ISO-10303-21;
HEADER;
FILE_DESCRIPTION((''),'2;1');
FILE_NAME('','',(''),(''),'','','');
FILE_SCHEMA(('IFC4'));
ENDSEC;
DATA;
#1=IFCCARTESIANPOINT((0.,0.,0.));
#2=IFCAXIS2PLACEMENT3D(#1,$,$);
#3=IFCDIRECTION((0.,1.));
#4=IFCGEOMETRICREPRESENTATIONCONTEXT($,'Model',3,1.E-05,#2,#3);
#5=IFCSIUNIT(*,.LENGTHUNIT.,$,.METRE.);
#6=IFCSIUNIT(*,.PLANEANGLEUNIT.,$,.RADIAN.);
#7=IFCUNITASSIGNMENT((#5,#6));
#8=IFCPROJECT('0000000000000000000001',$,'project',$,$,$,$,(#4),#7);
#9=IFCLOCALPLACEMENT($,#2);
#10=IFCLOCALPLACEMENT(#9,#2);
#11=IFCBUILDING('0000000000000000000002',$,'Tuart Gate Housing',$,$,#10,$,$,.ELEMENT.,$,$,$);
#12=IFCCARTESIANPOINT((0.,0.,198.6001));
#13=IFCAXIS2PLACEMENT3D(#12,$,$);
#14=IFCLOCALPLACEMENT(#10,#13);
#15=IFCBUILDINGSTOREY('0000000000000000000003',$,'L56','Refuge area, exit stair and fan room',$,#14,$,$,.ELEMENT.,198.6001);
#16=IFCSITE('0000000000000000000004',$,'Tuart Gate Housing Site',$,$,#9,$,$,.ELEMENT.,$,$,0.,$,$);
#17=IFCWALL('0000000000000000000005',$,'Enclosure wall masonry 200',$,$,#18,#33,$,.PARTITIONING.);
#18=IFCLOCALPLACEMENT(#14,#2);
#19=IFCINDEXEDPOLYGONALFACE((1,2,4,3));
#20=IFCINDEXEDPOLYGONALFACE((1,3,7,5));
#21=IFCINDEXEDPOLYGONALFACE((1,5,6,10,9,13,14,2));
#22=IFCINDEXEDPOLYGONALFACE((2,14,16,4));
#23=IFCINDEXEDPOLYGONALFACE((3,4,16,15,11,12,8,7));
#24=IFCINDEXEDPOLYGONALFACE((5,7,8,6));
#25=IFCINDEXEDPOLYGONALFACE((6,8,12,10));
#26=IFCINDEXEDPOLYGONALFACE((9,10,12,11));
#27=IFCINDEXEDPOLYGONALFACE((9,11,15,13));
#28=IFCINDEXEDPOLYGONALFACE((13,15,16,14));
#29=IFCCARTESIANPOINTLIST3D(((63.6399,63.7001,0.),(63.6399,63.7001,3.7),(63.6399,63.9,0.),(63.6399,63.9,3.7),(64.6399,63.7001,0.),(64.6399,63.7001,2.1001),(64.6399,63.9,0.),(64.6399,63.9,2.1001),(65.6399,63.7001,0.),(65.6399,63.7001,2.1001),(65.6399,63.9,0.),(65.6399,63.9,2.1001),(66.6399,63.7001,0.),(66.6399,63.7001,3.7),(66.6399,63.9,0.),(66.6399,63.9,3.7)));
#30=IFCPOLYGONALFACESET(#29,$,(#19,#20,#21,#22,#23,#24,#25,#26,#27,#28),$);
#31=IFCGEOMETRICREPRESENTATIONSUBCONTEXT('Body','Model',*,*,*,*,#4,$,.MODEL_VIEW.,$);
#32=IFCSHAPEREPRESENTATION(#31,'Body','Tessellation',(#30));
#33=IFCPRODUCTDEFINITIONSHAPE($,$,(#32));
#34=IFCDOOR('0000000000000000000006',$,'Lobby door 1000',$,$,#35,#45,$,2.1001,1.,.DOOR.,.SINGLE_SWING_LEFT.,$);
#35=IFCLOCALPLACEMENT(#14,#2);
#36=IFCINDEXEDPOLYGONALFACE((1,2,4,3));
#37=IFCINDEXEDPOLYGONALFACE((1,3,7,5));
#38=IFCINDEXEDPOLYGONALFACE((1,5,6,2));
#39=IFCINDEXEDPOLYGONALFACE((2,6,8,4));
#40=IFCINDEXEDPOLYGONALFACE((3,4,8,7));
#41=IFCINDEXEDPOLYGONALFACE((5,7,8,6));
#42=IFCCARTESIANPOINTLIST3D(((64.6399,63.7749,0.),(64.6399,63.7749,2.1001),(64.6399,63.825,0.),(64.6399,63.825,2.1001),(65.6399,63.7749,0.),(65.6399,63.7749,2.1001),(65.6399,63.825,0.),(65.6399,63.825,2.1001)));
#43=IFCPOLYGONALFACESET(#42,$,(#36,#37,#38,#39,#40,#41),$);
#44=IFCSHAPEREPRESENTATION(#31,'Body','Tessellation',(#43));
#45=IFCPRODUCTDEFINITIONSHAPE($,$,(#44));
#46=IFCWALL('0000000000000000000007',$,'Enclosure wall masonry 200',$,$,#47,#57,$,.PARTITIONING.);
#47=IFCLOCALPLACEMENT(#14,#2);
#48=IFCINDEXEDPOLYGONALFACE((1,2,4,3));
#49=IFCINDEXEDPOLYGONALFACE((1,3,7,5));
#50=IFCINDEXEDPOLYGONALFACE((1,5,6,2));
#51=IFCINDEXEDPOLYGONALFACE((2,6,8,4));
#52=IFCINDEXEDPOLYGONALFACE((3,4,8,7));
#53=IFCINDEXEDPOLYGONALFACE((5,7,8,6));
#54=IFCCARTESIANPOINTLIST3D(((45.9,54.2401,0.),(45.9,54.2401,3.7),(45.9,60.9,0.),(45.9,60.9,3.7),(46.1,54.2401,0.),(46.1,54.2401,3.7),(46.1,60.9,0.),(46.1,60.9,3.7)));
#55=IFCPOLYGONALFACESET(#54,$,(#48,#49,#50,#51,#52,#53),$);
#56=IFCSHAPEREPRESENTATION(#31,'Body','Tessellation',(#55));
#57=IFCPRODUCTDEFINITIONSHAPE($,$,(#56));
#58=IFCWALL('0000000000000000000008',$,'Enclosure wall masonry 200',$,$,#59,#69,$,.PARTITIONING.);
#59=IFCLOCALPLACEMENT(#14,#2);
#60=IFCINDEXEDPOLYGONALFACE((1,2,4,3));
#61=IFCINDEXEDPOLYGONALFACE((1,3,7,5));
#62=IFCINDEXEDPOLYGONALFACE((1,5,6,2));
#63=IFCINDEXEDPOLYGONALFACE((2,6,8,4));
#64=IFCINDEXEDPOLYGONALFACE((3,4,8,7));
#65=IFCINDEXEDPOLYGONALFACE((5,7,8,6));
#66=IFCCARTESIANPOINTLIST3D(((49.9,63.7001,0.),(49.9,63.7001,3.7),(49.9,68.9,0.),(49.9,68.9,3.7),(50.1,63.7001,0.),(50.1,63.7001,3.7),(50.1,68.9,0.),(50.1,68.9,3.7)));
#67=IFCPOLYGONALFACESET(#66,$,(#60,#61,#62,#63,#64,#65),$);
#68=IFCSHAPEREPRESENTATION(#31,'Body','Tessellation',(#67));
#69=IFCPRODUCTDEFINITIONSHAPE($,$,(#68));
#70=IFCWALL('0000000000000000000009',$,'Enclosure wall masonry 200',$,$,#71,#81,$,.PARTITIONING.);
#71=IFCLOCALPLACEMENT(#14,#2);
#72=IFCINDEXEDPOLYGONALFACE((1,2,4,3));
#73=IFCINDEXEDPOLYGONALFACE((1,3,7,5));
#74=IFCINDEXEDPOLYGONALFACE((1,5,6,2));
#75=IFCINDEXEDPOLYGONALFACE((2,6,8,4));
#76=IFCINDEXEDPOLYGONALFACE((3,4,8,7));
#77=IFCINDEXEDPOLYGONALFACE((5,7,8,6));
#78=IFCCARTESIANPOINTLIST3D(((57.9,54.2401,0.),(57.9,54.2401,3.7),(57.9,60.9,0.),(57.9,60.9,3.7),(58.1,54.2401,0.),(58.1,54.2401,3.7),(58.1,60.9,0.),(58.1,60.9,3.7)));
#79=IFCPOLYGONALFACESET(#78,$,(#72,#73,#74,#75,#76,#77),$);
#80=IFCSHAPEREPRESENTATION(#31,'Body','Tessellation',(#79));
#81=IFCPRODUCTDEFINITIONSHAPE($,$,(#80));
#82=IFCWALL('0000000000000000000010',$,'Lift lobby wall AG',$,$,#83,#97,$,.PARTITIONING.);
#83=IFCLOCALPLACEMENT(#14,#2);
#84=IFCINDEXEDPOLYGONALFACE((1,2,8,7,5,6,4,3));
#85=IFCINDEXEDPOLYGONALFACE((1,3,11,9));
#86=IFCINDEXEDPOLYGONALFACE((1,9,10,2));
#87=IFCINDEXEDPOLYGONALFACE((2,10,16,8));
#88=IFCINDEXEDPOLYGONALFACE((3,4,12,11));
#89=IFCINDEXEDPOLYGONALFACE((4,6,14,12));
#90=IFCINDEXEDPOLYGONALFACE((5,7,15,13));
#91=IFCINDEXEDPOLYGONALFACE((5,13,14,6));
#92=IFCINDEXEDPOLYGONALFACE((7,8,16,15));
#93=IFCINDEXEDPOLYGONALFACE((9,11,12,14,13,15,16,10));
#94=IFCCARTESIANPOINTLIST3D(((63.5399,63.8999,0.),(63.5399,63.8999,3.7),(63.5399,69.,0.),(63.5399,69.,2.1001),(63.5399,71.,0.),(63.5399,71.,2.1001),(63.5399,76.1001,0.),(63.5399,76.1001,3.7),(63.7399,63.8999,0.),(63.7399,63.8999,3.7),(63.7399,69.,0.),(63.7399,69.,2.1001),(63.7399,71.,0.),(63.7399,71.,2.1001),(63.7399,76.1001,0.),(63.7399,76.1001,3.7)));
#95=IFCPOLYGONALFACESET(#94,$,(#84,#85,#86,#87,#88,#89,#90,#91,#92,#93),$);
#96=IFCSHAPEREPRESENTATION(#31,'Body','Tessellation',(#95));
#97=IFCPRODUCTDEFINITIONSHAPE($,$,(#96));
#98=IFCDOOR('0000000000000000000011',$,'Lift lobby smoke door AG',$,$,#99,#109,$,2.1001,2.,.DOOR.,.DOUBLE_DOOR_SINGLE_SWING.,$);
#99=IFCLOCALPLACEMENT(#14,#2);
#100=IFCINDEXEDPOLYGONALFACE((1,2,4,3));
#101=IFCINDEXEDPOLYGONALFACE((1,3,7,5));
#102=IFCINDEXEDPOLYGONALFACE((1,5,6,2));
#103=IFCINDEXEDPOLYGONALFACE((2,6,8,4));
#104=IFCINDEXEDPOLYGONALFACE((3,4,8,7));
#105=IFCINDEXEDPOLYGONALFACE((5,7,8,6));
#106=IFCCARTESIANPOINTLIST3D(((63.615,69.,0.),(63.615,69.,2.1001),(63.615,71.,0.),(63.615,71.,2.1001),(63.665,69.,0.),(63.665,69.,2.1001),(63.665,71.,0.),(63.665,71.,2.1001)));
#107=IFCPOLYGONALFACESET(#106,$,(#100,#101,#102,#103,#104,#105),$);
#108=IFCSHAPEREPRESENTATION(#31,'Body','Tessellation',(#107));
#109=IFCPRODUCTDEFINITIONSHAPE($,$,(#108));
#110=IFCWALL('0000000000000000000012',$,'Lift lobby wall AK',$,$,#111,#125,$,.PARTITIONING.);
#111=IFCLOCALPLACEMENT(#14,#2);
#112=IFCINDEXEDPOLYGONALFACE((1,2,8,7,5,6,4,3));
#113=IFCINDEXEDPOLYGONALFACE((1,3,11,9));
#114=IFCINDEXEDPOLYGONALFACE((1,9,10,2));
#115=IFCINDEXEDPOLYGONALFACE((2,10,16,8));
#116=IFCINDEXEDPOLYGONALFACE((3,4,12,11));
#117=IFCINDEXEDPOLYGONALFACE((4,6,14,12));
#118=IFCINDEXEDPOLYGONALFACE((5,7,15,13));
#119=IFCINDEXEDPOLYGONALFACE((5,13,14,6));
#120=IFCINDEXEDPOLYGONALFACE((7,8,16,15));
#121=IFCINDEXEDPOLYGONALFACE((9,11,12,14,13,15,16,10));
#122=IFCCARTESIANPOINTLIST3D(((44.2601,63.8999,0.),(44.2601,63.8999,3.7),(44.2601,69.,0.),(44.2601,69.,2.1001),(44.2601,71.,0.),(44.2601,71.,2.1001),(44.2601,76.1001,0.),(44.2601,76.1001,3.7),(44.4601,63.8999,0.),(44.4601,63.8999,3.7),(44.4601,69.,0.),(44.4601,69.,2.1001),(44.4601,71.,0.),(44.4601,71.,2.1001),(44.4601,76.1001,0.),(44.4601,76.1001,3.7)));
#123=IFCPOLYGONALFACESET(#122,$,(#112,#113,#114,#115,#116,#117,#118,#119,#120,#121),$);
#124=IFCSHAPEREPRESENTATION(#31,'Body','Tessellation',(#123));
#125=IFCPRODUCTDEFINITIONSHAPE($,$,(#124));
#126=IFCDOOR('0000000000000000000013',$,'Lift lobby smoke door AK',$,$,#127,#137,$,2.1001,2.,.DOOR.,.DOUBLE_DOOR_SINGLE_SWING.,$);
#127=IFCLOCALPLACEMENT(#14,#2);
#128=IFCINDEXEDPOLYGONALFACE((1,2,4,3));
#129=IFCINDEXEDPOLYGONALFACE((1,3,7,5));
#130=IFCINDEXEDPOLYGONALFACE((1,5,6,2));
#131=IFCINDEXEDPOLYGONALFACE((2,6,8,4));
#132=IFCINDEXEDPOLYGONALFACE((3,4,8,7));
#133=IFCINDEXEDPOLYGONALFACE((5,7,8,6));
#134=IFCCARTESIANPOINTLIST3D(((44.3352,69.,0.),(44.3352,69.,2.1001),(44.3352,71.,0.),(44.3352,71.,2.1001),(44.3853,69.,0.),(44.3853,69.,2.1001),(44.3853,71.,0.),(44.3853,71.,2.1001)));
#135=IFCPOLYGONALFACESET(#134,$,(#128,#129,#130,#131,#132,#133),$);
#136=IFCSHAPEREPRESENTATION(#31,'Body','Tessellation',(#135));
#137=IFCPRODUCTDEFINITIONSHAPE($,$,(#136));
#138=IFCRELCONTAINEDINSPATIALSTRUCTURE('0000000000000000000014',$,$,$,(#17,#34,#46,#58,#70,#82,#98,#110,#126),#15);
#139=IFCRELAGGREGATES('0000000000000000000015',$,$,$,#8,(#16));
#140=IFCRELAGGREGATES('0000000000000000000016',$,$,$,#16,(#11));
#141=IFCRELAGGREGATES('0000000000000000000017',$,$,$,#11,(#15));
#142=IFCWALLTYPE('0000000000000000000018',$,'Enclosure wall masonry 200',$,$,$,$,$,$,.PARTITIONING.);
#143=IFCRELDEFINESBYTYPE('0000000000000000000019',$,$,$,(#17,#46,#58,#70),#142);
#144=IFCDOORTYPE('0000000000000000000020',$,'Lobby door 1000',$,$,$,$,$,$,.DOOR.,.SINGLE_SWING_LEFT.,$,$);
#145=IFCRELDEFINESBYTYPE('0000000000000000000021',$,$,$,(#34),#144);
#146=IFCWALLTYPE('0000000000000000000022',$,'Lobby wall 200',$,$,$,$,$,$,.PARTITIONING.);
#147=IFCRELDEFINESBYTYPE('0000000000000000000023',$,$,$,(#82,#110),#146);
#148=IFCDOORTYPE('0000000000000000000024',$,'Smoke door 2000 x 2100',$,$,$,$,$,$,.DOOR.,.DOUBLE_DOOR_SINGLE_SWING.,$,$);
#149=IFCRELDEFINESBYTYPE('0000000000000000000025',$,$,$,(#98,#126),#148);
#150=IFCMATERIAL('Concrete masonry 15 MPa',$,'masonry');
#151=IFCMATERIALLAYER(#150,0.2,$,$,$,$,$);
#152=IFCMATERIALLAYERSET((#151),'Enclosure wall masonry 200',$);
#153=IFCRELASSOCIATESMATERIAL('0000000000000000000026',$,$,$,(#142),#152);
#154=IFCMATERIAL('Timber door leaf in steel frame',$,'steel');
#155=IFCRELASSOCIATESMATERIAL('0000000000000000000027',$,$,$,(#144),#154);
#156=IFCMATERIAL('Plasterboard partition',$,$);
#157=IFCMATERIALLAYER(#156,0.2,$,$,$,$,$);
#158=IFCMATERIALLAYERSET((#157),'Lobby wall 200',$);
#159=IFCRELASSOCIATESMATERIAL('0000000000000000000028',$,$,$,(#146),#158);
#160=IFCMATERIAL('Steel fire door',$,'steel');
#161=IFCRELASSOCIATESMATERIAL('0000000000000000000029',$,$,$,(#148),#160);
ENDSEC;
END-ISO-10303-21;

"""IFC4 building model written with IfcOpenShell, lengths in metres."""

from ifc_helpers import new_model, si_unit, direction, frame, frame_2d, origin, place, context, subcontext, project, spatial, rectangle, extrude, material, layer, layer_set, type_object, element, fill, save


model = new_model("IFC4")

# Units and contexts
model_context = context("Model", 3, precision=1e-05, world=origin(), true_north=direction((0.0, 1.0)))
body_context = subcontext(model_context, "Body", "Model", "MODEL_VIEW")
ifc_project = project(units=[si_unit("LENGTHUNIT", "METRE"), si_unit("PLANEANGLEUNIT", "RADIAN")], contexts=[model_context])

# Site, building, storey
site_placement = place(None, origin())
site = spatial("IfcSite", under=ifc_project, at=site_placement, Name="Tuart Gate Housing Site", CompositionType="ELEMENT", RefElevation=0.0)
building_placement = place(site_placement, origin())
building = spatial("IfcBuilding", under=site, at=building_placement, Name="Tuart Gate Housing", CompositionType="ELEMENT")
storey_placement = place(building_placement, frame((0.0, 0.0, 198.6001)))
storey = spatial("IfcBuildingStorey", under=building, at=storey_placement, Name="L56", Description="Refuge area, exit stair and fan room", CompositionType="ELEMENT", Elevation=198.6001)

# Wall, opening, door
ifc_material_1 = material(Name="Concrete masonry 15 MPa", Category="masonry")
ifc_layer_1 = layer(ifc_material_1, 0.2)
ifc_layer_set_1 = layer_set([ifc_layer_1], Name="Enclosure wall masonry 200")
wall_type_1 = type_object("IfcWallType", Name="Enclosure wall masonry 200", PredefinedType="PARTITIONING", material=ifc_layer_set_1)
wall_1_placement = place(storey_placement, frame((63.6399, 63.8, 0.0), z_axis=(0.0, 0.0, 1.0), x_axis=(1.0, 0.0, 0.0)))
wall_1 = element("IfcWall", 1, at=wall_1_placement, inside=storey, type_object=wall_type_1, Name="Enclosure wall masonry 200", PredefinedType="PARTITIONING", context=body_context, shape_type="SweptSolid", body=[
    extrude(rectangle(XDim=3.0, YDim=0.2, at=frame_2d((1.5, 0.0))), origin(), (0.0, 0.0, 1.0), 3.7),
])
opening_1_placement = place(wall_1_placement, frame((1.0, 0.0, 0.0)))
opening_1 = element("IfcOpeningElement", 2, at=opening_1_placement, cuts=wall_1, PredefinedType="OPENING", context=body_context, shape_type="SweptSolid", body=[
    extrude(rectangle(XDim=1.0, YDim=2.1001, at=frame_2d((0.5, 1.05))), frame((0.0, 0.1099, 0.0), z_axis=(0.0, -1.0, 0.0), x_axis=(1.0, 0.0, 0.0)), (0.0, 0.0, 1.0), 0.22),
])
ifc_material_2 = material(Name="Timber door leaf in steel frame", Category="steel")
door_type_1 = type_object("IfcDoorType", Name="Lobby door 1000", OperationType="SINGLE_SWING_LEFT", PredefinedType="DOOR", material=ifc_material_2)
door_1_placement = place(opening_1_placement, origin())
door_1 = element("IfcDoor", 3, at=door_1_placement, inside=storey, type_object=door_type_1, Name="Lobby door 1000", OperationType="SINGLE_SWING_LEFT", OverallHeight=2.1001, OverallWidth=1.0, PredefinedType="DOOR", context=body_context, shape_type="SweptSolid", body=[
    extrude(rectangle(XDim=1.0, YDim=2.1001, at=frame_2d((0.5, 1.05))), frame((0.0, 0.0249, 0.0), z_axis=(0.0, -1.0, 0.0), x_axis=(1.0, 0.0, 0.0)), (0.0, 0.0, 1.0), 0.05),
])
fill(opening_1, door_1)

# Walls
wall_2_placement = place(storey_placement, frame((46.0, 54.24, 0.0), z_axis=(0.0, 0.0, 1.0), x_axis=(0.0, 1.0, 0.0)))
element("IfcWall", 4, at=wall_2_placement, inside=storey, type_object=wall_type_1, Name="Enclosure wall masonry 200", PredefinedType="PARTITIONING", context=body_context, shape_type="SweptSolid", body=[
    extrude(rectangle(XDim=6.6599, YDim=0.2, at=frame_2d((3.3301, 0.0))), origin(), (0.0, 0.0, 1.0), 3.7),
])
wall_3_placement = place(storey_placement, frame((50.0, 63.7, 0.0), z_axis=(0.0, 0.0, 1.0), x_axis=(0.0, 1.0, 0.0)))
element("IfcWall", 5, at=wall_3_placement, inside=storey, type_object=wall_type_1, Name="Enclosure wall masonry 200", PredefinedType="PARTITIONING", context=body_context, shape_type="SweptSolid", body=[
    extrude(rectangle(XDim=5.2, YDim=0.2, at=frame_2d((2.6001, 0.0))), origin(), (0.0, 0.0, 1.0), 3.7),
])
wall_4_placement = place(storey_placement, frame((58.0, 54.24, 0.0), z_axis=(0.0, 0.0, 1.0), x_axis=(0.0, 1.0, 0.0)))
element("IfcWall", 6, at=wall_4_placement, inside=storey, type_object=wall_type_1, Name="Enclosure wall masonry 200", PredefinedType="PARTITIONING", context=body_context, shape_type="SweptSolid", body=[
    extrude(rectangle(XDim=6.6599, YDim=0.2, at=frame_2d((3.3301, 0.0))), origin(), (0.0, 0.0, 1.0), 3.7),
])

# Walls, openings, doors
ifc_material_3 = material(Name="Plasterboard partition")
ifc_layer_2 = layer(ifc_material_3, 0.2)
ifc_layer_set_2 = layer_set([ifc_layer_2], Name="Lobby wall 200")
wall_type_2 = type_object("IfcWallType", Name="Lobby wall 200", PredefinedType="PARTITIONING", material=ifc_layer_set_2)
wall_5_placement = place(storey_placement, frame((63.6399, 63.8999, 0.0), z_axis=(0.0, 0.0, 1.0), x_axis=(0.0, 1.0, 0.0)))
wall_5 = element("IfcWall", 7, at=wall_5_placement, inside=storey, type_object=wall_type_2, Name="Lift lobby wall AG", PredefinedType="PARTITIONING", context=body_context, shape_type="SweptSolid", body=[
    extrude(rectangle(XDim=12.2002, YDim=0.2, at=frame_2d((6.1001, 0.0))), origin(), (0.0, 0.0, 1.0), 3.7),
])
opening_2_placement = place(wall_5_placement, frame((5.1001, 0.0, 0.0)))
opening_2 = element("IfcOpeningElement", 8, at=opening_2_placement, cuts=wall_5, PredefinedType="OPENING", context=body_context, shape_type="SweptSolid", body=[
    extrude(rectangle(XDim=2.0, YDim=2.1001, at=frame_2d((1.0, 1.05))), frame((0.0, 0.1099, 0.0), z_axis=(0.0, -1.0, 0.0), x_axis=(1.0, 0.0, 0.0)), (0.0, 0.0, 1.0), 0.22),
])
ifc_material_4 = material(Name="Steel fire door", Category="steel")
door_type_2 = type_object("IfcDoorType", Name="Smoke door 2000 x 2100", OperationType="DOUBLE_DOOR_SINGLE_SWING", PredefinedType="DOOR", material=ifc_material_4)
door_2_placement = place(opening_2_placement, frame((2.0, 0.0, 0.0), z_axis=(0.0, 0.0, 1.0), x_axis=(-1.0, 0.0, 0.0)))
door_2 = element("IfcDoor", 9, at=door_2_placement, inside=storey, type_object=door_type_2, Name="Lift lobby smoke door AG", OperationType="DOUBLE_DOOR_SINGLE_SWING", OverallHeight=2.1001, OverallWidth=2.0, PredefinedType="DOOR", context=body_context, shape_type="SweptSolid", body=[
    extrude(rectangle(XDim=2.0, YDim=2.1001, at=frame_2d((1.0, 1.05))), frame((0.0, 0.0251, 0.0), z_axis=(0.0, -1.0, 0.0), x_axis=(1.0, 0.0, 0.0)), (0.0, 0.0, 1.0), 0.05),
])
fill(opening_2, door_2)
wall_6_placement = place(storey_placement, frame((44.3601, 63.8999, 0.0), z_axis=(0.0, 0.0, 1.0), x_axis=(0.0, 1.0, 0.0)))
wall_6 = element("IfcWall", 10, at=wall_6_placement, inside=storey, type_object=wall_type_2, Name="Lift lobby wall AK", PredefinedType="PARTITIONING", context=body_context, shape_type="SweptSolid", body=[
    extrude(rectangle(XDim=12.2002, YDim=0.2, at=frame_2d((6.1001, 0.0))), origin(), (0.0, 0.0, 1.0), 3.7),
])
opening_3_placement = place(wall_6_placement, frame((5.1001, 0.0, 0.0)))
opening_3 = element("IfcOpeningElement", 11, at=opening_3_placement, cuts=wall_6, PredefinedType="OPENING", context=body_context, shape_type="SweptSolid", body=[
    extrude(rectangle(XDim=2.0, YDim=2.1001, at=frame_2d((1.0, 1.05))), frame((0.0, 0.1099, 0.0), z_axis=(0.0, -1.0, 0.0), x_axis=(1.0, 0.0, 0.0)), (0.0, 0.0, 1.0), 0.22),
])
door_3_placement = place(opening_3_placement, origin())
door_3 = element("IfcDoor", 12, at=door_3_placement, inside=storey, type_object=door_type_2, Name="Lift lobby smoke door AK", OperationType="DOUBLE_DOOR_SINGLE_SWING", OverallHeight=2.1001, OverallWidth=2.0, PredefinedType="DOOR", context=body_context, shape_type="SweptSolid", body=[
    extrude(rectangle(XDim=2.0, YDim=2.1001, at=frame_2d((1.0, 1.05))), frame((0.0, 0.0249, 0.0), z_axis=(0.0, -1.0, 0.0), x_axis=(1.0, 0.0, 0.0)), (0.0, 0.0, 1.0), 0.05),
])
fill(opening_3, door_3)

save(model, "model.ifc")
